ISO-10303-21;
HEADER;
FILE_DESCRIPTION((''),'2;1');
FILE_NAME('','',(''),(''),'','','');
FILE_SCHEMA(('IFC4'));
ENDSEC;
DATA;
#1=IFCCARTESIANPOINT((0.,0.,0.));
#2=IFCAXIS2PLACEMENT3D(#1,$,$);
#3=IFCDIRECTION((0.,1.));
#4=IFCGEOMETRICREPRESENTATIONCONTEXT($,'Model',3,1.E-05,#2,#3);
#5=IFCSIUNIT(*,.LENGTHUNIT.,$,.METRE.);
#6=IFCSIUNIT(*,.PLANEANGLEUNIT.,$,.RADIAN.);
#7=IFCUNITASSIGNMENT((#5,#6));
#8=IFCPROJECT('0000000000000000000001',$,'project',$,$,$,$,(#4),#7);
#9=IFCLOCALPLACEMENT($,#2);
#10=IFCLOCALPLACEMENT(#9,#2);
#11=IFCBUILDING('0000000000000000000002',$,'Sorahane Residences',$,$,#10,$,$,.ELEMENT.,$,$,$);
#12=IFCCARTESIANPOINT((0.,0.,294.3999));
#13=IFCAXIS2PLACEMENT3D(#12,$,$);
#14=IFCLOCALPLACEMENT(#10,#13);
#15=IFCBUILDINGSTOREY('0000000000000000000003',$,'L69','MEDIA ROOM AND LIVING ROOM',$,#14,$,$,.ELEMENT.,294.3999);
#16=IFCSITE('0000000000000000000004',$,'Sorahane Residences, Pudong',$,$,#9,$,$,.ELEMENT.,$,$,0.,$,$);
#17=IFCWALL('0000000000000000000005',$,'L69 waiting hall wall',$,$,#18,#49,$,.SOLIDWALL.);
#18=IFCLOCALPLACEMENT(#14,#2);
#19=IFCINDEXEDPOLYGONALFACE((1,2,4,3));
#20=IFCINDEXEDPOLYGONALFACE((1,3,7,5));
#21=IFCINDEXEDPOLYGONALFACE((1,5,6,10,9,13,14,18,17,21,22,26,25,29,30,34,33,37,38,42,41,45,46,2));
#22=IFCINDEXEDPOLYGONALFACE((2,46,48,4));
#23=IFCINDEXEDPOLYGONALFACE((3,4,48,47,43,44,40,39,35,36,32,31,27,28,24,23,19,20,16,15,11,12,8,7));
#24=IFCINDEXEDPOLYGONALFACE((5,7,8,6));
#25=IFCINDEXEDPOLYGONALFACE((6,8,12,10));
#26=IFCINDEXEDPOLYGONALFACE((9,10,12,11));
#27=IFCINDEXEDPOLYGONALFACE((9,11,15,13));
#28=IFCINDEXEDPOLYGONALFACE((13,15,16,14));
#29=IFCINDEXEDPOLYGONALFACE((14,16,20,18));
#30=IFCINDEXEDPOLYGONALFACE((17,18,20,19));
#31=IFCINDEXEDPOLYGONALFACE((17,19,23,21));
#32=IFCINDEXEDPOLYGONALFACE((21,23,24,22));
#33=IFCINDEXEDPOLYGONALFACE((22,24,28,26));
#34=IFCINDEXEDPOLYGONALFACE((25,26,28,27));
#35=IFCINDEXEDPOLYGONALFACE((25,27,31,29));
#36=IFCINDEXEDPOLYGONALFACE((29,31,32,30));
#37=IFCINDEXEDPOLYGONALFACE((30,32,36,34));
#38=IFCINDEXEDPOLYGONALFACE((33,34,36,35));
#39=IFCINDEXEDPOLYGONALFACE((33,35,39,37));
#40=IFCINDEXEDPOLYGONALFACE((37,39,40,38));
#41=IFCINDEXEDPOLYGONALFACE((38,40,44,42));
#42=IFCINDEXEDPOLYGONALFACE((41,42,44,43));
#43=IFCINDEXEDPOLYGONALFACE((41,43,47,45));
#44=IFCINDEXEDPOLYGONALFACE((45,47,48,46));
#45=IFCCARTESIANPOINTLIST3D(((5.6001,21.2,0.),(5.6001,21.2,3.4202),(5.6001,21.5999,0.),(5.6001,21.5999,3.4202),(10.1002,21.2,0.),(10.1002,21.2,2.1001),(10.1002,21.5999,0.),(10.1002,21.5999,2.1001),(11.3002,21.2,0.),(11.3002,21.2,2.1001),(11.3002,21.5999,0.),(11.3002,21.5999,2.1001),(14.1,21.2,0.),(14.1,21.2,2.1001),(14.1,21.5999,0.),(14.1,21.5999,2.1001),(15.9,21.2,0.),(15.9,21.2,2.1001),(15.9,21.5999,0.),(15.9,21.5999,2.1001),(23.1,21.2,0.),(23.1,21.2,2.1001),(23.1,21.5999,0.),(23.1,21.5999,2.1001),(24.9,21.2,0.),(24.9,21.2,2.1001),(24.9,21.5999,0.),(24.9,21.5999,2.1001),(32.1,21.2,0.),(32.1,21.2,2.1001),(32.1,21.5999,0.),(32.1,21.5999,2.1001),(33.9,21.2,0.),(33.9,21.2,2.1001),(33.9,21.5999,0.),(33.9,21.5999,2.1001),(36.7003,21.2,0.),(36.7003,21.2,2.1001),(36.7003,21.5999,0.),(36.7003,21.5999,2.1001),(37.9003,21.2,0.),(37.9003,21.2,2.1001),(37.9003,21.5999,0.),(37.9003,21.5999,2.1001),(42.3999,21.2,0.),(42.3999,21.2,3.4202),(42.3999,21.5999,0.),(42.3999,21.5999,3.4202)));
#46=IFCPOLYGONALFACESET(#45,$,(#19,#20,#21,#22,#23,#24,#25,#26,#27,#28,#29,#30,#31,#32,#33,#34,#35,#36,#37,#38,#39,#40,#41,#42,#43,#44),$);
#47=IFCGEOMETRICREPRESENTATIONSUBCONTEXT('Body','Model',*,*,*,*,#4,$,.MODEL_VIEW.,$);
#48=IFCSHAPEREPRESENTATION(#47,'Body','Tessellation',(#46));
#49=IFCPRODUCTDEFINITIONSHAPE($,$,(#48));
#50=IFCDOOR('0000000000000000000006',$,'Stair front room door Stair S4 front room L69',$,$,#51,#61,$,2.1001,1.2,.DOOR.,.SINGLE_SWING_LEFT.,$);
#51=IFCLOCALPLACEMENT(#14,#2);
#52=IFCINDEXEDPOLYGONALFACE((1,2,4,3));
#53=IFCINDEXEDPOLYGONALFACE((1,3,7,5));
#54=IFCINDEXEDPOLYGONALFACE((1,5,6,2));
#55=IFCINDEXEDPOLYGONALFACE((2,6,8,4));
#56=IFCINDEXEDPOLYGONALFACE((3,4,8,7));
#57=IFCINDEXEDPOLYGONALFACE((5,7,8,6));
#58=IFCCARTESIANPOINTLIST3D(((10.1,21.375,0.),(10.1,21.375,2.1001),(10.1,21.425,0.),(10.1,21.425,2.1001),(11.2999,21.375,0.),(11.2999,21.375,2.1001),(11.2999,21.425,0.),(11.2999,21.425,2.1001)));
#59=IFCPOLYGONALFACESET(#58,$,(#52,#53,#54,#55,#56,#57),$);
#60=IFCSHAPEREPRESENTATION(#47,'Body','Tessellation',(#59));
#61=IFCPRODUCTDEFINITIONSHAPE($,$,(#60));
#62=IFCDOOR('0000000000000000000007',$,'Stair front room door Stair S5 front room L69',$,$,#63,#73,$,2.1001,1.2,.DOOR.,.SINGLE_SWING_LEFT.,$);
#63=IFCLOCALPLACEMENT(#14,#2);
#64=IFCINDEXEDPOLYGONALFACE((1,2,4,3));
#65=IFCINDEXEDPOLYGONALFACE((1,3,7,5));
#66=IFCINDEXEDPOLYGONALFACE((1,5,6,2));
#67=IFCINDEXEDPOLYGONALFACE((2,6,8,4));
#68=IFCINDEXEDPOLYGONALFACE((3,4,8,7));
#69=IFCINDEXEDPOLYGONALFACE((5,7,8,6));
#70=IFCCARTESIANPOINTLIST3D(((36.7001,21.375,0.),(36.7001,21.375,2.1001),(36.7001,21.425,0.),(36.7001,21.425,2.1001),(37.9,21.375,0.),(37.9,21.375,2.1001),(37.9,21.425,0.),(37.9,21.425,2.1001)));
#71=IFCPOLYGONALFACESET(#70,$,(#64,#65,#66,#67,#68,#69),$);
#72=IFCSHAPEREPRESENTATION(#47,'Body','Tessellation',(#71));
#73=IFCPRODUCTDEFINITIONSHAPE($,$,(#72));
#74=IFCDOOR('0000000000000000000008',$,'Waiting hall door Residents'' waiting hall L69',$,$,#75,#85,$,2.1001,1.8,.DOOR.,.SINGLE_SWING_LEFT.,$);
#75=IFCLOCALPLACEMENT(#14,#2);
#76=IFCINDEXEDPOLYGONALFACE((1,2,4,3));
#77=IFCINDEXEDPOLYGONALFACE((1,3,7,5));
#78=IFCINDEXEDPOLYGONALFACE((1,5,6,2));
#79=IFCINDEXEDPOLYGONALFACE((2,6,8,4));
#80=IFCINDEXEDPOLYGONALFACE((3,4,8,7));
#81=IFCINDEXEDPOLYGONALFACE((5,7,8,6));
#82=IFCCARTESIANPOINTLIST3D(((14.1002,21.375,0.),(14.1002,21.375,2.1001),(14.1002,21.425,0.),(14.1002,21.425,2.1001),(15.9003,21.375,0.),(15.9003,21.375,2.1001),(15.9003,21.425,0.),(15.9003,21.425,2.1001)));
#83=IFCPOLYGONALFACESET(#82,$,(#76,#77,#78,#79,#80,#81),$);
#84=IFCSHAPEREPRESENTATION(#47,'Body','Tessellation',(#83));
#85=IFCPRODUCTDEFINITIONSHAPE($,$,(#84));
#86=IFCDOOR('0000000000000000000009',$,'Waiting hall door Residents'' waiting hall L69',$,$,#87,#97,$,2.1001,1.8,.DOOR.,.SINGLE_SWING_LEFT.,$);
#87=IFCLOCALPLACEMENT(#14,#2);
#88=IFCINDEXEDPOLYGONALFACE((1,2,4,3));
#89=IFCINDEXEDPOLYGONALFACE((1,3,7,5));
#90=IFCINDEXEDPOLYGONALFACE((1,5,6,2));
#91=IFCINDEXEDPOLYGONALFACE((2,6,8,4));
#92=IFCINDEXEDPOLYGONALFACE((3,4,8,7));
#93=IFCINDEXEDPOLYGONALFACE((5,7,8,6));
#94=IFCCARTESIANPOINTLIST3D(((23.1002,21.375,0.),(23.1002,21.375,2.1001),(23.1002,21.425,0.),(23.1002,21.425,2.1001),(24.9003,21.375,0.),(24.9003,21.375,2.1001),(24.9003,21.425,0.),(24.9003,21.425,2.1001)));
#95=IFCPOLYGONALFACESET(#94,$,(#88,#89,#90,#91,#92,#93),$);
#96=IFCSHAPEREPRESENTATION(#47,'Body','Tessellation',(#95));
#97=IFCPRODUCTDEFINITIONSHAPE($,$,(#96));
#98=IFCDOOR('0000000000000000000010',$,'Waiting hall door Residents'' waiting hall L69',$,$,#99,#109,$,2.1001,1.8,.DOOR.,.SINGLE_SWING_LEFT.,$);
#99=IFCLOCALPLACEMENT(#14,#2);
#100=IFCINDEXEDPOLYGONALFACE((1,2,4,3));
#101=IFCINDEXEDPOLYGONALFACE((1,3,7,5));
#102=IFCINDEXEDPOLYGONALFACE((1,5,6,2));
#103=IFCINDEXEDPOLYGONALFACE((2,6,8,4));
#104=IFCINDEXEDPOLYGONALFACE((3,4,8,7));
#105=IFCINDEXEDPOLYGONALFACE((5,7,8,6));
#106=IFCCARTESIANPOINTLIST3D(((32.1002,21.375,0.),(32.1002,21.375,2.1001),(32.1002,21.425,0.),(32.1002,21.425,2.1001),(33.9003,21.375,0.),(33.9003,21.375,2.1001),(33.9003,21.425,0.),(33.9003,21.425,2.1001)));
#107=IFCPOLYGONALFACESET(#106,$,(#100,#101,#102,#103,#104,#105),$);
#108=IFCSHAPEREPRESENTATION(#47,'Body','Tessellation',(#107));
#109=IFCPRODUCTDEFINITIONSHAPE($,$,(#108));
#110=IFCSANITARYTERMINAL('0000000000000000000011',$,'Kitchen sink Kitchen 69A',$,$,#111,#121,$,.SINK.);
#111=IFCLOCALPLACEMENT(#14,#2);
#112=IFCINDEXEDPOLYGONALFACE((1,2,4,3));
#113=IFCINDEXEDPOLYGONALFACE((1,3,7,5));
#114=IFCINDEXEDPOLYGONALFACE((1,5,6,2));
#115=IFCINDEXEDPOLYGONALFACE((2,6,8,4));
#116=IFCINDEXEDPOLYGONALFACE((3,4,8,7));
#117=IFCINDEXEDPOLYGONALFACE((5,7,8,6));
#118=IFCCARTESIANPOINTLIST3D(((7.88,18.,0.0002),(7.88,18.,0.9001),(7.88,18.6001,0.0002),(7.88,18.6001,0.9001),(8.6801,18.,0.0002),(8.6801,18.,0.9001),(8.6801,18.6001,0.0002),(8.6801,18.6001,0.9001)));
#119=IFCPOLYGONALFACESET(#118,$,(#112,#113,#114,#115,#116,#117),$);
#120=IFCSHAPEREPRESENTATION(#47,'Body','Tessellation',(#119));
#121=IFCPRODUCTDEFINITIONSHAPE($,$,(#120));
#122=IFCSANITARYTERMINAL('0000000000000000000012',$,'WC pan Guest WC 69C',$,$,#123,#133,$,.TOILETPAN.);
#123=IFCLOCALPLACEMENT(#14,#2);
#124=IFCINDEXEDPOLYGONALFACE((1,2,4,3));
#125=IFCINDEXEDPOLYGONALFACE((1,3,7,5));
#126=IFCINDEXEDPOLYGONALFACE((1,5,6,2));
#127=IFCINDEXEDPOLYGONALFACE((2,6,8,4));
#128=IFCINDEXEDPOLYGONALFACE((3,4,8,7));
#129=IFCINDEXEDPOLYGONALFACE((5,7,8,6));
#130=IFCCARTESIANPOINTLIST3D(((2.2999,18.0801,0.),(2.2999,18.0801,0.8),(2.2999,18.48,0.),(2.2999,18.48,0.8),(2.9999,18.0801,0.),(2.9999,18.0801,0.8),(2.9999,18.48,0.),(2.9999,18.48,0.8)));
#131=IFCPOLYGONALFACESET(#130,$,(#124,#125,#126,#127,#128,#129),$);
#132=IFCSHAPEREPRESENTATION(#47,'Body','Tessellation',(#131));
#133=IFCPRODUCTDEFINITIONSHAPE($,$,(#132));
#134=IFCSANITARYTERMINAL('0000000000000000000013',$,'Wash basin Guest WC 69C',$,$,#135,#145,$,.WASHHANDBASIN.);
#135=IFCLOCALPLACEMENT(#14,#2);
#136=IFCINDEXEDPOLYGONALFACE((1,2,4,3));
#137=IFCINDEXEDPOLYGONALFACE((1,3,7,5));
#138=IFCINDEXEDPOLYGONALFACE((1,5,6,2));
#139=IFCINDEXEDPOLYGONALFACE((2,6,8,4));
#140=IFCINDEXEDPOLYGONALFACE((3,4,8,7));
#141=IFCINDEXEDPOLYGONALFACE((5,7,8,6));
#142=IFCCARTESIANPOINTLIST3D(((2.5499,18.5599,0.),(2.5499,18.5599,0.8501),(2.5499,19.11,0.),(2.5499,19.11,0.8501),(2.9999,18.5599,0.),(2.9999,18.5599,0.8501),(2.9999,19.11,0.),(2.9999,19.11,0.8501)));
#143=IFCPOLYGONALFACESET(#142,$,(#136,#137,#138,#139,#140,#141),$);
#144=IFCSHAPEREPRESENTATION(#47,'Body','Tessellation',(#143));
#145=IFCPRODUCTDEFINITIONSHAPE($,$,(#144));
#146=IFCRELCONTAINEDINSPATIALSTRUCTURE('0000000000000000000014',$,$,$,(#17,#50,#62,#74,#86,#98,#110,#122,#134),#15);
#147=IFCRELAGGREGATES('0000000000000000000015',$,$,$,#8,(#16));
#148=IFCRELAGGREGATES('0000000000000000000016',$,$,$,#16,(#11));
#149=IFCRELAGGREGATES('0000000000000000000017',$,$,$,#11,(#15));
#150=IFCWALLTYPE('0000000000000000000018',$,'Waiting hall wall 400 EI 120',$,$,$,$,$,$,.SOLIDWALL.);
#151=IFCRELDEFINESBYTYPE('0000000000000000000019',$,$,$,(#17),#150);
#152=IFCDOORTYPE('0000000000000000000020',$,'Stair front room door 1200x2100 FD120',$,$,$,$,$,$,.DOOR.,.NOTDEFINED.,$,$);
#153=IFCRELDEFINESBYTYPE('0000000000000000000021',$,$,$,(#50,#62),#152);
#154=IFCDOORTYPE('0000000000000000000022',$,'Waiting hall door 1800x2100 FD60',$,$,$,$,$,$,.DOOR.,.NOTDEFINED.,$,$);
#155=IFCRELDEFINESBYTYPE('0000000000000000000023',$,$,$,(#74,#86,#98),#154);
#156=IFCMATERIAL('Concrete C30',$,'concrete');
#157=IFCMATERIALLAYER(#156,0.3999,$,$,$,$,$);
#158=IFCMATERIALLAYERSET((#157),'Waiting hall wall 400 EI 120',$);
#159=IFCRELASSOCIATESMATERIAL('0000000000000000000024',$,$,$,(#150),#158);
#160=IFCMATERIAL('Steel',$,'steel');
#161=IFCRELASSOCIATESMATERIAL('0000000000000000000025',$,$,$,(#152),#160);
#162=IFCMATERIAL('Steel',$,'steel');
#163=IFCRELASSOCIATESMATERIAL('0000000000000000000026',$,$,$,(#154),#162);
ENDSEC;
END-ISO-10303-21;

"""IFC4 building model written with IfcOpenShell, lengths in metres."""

from ifc_helpers import new_model, si_unit, direction, frame, frame_2d, origin, origin_2d, place, context, subcontext, project, spatial, rectangle, extrude, material, layer, layer_set, type_object, element, fill, save


model = new_model("IFC4")

# Units and contexts
model_context = context("Model", 3, precision=1e-05, world=origin(), true_north=direction((0.0, 1.0)))
body_context = subcontext(model_context, "Body", "Model", "MODEL_VIEW")
ifc_project = project(units=[si_unit("LENGTHUNIT", "METRE"), si_unit("PLANEANGLEUNIT", "RADIAN")], contexts=[model_context])

# Site, building, storey
site_placement = place(None, origin())
site = spatial("IfcSite", under=ifc_project, at=site_placement, Name="Sorahane Residences, Pudong", CompositionType="ELEMENT", RefElevation=0.0)
building_placement = place(site_placement, origin())
building = spatial("IfcBuilding", under=site, at=building_placement, Name="Sorahane Residences", CompositionType="ELEMENT")
storey_placement = place(building_placement, frame((0.0, 0.0, 294.3999)))
storey = spatial("IfcBuildingStorey", under=building, at=storey_placement, Name="L69", Description="MEDIA ROOM AND LIVING ROOM", CompositionType="ELEMENT", Elevation=294.3999)

# Wall, openings, doors
ifc_material_1 = material(Name="Concrete C30", Category="concrete")
ifc_layer_1 = layer(ifc_material_1, 0.3999)
ifc_layer_set_1 = layer_set([ifc_layer_1], Name="Waiting hall wall 400 EI 120")
wall_type_1 = type_object("IfcWallType", Name="Waiting hall wall 400 EI 120", PredefinedType="SOLIDWALL", material=ifc_layer_set_1)
wall_1_placement = place(storey_placement, frame((5.6001, 21.3999, 0.0), z_axis=(0.0, 0.0, 1.0), x_axis=(1.0, 0.0, 0.0)))
wall_1 = element("IfcWall", 1, at=wall_1_placement, inside=storey, type_object=wall_type_1, Name="L69 waiting hall wall", PredefinedType="SOLIDWALL", context=body_context, shape_type="SweptSolid", body=[
    extrude(rectangle(XDim=36.7998, YDim=0.3999, at=frame_2d((18.3999, 0.0))), origin(), (0.0, 0.0, 1.0), 3.4202),
])
opening_1_placement = place(wall_1_placement, frame((8.5, 0.0, 0.0)))
opening_1 = element("IfcOpeningElement", 2, at=opening_1_placement, cuts=wall_1, PredefinedType="OPENING", context=body_context, shape_type="SweptSolid", body=[
    extrude(rectangle(XDim=1.8, YDim=2.1001, at=frame_2d((0.8999, 1.05))), frame((0.0, 0.21, 0.0), z_axis=(0.0, -1.0, 0.0), x_axis=(1.0, 0.0, 0.0)), (0.0, 0.0, 1.0), 0.4199),
])
opening_2_placement = place(wall_1_placement, frame((17.5, 0.0, 0.0)))
opening_2 = element("IfcOpeningElement", 3, at=opening_2_placement, cuts=wall_1, PredefinedType="OPENING", context=body_context, shape_type="SweptSolid", body=[
    extrude(rectangle(XDim=1.8, YDim=2.1001, at=frame_2d((0.8999, 1.05))), frame((0.0, 0.21, 0.0), z_axis=(0.0, -1.0, 0.0), x_axis=(1.0, 0.0, 0.0)), (0.0, 0.0, 1.0), 0.4199),
])
opening_3_placement = place(wall_1_placement, frame((26.5, 0.0, 0.0)))
opening_3 = element("IfcOpeningElement", 4, at=opening_3_placement, cuts=wall_1, PredefinedType="OPENING", context=body_context, shape_type="SweptSolid", body=[
    extrude(rectangle(XDim=1.8, YDim=2.1001, at=frame_2d((0.8999, 1.05))), frame((0.0, 0.21, 0.0), z_axis=(0.0, -1.0, 0.0), x_axis=(1.0, 0.0, 0.0)), (0.0, 0.0, 1.0), 0.4199),
])
opening_4_placement = place(wall_1_placement, frame((4.5, 0.0, 0.0)))
opening_4 = element("IfcOpeningElement", 5, at=opening_4_placement, cuts=wall_1, PredefinedType="OPENING", context=body_context, shape_type="SweptSolid", body=[
    extrude(rectangle(XDim=1.2, YDim=2.1001, at=frame_2d((0.6001, 1.05))), frame((0.0, 0.21, 0.0), z_axis=(0.0, -1.0, 0.0), x_axis=(1.0, 0.0, 0.0)), (0.0, 0.0, 1.0), 0.4199),
])
opening_5_placement = place(wall_1_placement, frame((31.1001, 0.0, 0.0)))
opening_5 = element("IfcOpeningElement", 6, at=opening_5_placement, cuts=wall_1, PredefinedType="OPENING", context=body_context, shape_type="SweptSolid", body=[
    extrude(rectangle(XDim=1.2, YDim=2.1001, at=frame_2d((0.6001, 1.05))), frame((0.0, 0.21, 0.0), z_axis=(0.0, -1.0, 0.0), x_axis=(1.0, 0.0, 0.0)), (0.0, 0.0, 1.0), 0.4199),
])
ifc_material_2 = material(Name="Steel", Category="steel")
door_type_1 = type_object("IfcDoorType", Name="Stair front room door 1200x2100 FD120", OperationType="NOTDEFINED", PredefinedType="DOOR", material=ifc_material_2)
door_1_placement = place(opening_4_placement, frame((1.2, 0.0, 0.0), z_axis=(0.0, 0.0, 1.0), x_axis=(-1.0, 0.0, 0.0)))
door_1 = element("IfcDoor", 7, at=door_1_placement, inside=storey, type_object=door_type_1, Name="Stair front room door Stair S4 front room L69", OperationType="SINGLE_SWING_LEFT", OverallHeight=2.1001, OverallWidth=1.2, PredefinedType="DOOR", context=body_context, shape_type="SweptSolid", body=[
    extrude(rectangle(XDim=1.2, YDim=2.1001, at=frame_2d((0.6001, 1.05))), frame((0.0, 0.0249, 0.0), z_axis=(0.0, -1.0, 0.0), x_axis=(1.0, 0.0, 0.0)), (0.0, 0.0, 1.0), 0.05),
])
fill(opening_4, door_1)
door_2_placement = place(opening_5_placement, frame((1.2, 0.0, 0.0), z_axis=(0.0, 0.0, 1.0), x_axis=(-1.0, 0.0, 0.0)))
door_2 = element("IfcDoor", 8, at=door_2_placement, inside=storey, type_object=door_type_1, Name="Stair front room door Stair S5 front room L69", OperationType="SINGLE_SWING_LEFT", OverallHeight=2.1001, OverallWidth=1.2, PredefinedType="DOOR", context=body_context, shape_type="SweptSolid", body=[
    extrude(rectangle(XDim=1.2, YDim=2.1001, at=frame_2d((0.6001, 1.05))), frame((0.0, 0.0249, 0.0), z_axis=(0.0, -1.0, 0.0), x_axis=(1.0, 0.0, 0.0)), (0.0, 0.0, 1.0), 0.05),
])
fill(opening_5, door_2)
ifc_material_3 = material(Name="Steel", Category="steel")
door_type_2 = type_object("IfcDoorType", Name="Waiting hall door 1800x2100 FD60", OperationType="NOTDEFINED", PredefinedType="DOOR", material=ifc_material_3)
door_3_placement = place(opening_1_placement, frame((1.8, 0.0, 0.0), z_axis=(0.0, 0.0, 1.0), x_axis=(-1.0, 0.0, 0.0)))
door_3 = element("IfcDoor", 9, at=door_3_placement, inside=storey, type_object=door_type_2, Name="Waiting hall door Residents' waiting hall L69", OperationType="SINGLE_SWING_LEFT", OverallHeight=2.1001, OverallWidth=1.8, PredefinedType="DOOR", context=body_context, shape_type="SweptSolid", body=[
    extrude(rectangle(XDim=1.8, YDim=2.1001, at=frame_2d((0.8999, 1.05))), frame((0.0, 0.0249, 0.0), z_axis=(0.0, -1.0, 0.0), x_axis=(1.0, 0.0, 0.0)), (0.0, 0.0, 1.0), 0.05),
])
fill(opening_1, door_3)
door_4_placement = place(opening_2_placement, frame((1.8, 0.0, 0.0), z_axis=(0.0, 0.0, 1.0), x_axis=(-1.0, 0.0, 0.0)))
door_4 = element("IfcDoor", 10, at=door_4_placement, inside=storey, type_object=door_type_2, Name="Waiting hall door Residents' waiting hall L69", OperationType="SINGLE_SWING_LEFT", OverallHeight=2.1001, OverallWidth=1.8, PredefinedType="DOOR", context=body_context, shape_type="SweptSolid", body=[
    extrude(rectangle(XDim=1.8, YDim=2.1001, at=frame_2d((0.8999, 1.05))), frame((0.0, 0.0249, 0.0), z_axis=(0.0, -1.0, 0.0), x_axis=(1.0, 0.0, 0.0)), (0.0, 0.0, 1.0), 0.05),
])
fill(opening_2, door_4)
door_5_placement = place(opening_3_placement, frame((1.8, 0.0, 0.0), z_axis=(0.0, 0.0, 1.0), x_axis=(-1.0, 0.0, 0.0)))
door_5 = element("IfcDoor", 11, at=door_5_placement, inside=storey, type_object=door_type_2, Name="Waiting hall door Residents' waiting hall L69", OperationType="SINGLE_SWING_LEFT", OverallHeight=2.1001, OverallWidth=1.8, PredefinedType="DOOR", context=body_context, shape_type="SweptSolid", body=[
    extrude(rectangle(XDim=1.8, YDim=2.1001, at=frame_2d((0.8999, 1.05))), frame((0.0, 0.0249, 0.0), z_axis=(0.0, -1.0, 0.0), x_axis=(1.0, 0.0, 0.0)), (0.0, 0.0, 1.0), 0.05),
])
fill(opening_3, door_5)

# Sanitary terminals
sanitary_terminal_1_placement = place(storey_placement, frame((8.28, 18.3, 0.0002), z_axis=(0.0, 0.0, 1.0), x_axis=(1.0, 0.0, 0.0)))
element("IfcSanitaryTerminal", 12, at=sanitary_terminal_1_placement, inside=storey, Name="Kitchen sink Kitchen 69A", PredefinedType="SINK", context=body_context, shape_type="SweptSolid", body=[
    extrude(rectangle(XDim=0.8, YDim=0.6001, at=origin_2d()), origin(), (0.0, 0.0, 1.0), 0.8999),
])
sanitary_terminal_2_placement = place(storey_placement, frame((2.6499, 18.28, 0.0), z_axis=(0.0, 0.0, 1.0), x_axis=(0.0, -1.0, 0.0)))
element("IfcSanitaryTerminal", 13, at=sanitary_terminal_2_placement, inside=storey, Name="WC pan Guest WC 69C", PredefinedType="TOILETPAN", context=body_context, shape_type="SweptSolid", body=[
    extrude(rectangle(XDim=0.3999, YDim=0.7, at=origin_2d()), origin(), (0.0, 0.0, 1.0), 0.8),
])
sanitary_terminal_3_placement = place(storey_placement, frame((2.7749, 18.835, 0.0), z_axis=(0.0, 0.0, 1.0), x_axis=(0.0, -1.0, 0.0)))
element("IfcSanitaryTerminal", 14, at=sanitary_terminal_3_placement, inside=storey, Name="Wash basin Guest WC 69C", PredefinedType="WASHHANDBASIN", context=body_context, shape_type="SweptSolid", body=[
    extrude(rectangle(XDim=0.55, YDim=0.45, at=origin_2d()), origin(), (0.0, 0.0, 1.0), 0.8501),
])

save(model, "model.ifc")
